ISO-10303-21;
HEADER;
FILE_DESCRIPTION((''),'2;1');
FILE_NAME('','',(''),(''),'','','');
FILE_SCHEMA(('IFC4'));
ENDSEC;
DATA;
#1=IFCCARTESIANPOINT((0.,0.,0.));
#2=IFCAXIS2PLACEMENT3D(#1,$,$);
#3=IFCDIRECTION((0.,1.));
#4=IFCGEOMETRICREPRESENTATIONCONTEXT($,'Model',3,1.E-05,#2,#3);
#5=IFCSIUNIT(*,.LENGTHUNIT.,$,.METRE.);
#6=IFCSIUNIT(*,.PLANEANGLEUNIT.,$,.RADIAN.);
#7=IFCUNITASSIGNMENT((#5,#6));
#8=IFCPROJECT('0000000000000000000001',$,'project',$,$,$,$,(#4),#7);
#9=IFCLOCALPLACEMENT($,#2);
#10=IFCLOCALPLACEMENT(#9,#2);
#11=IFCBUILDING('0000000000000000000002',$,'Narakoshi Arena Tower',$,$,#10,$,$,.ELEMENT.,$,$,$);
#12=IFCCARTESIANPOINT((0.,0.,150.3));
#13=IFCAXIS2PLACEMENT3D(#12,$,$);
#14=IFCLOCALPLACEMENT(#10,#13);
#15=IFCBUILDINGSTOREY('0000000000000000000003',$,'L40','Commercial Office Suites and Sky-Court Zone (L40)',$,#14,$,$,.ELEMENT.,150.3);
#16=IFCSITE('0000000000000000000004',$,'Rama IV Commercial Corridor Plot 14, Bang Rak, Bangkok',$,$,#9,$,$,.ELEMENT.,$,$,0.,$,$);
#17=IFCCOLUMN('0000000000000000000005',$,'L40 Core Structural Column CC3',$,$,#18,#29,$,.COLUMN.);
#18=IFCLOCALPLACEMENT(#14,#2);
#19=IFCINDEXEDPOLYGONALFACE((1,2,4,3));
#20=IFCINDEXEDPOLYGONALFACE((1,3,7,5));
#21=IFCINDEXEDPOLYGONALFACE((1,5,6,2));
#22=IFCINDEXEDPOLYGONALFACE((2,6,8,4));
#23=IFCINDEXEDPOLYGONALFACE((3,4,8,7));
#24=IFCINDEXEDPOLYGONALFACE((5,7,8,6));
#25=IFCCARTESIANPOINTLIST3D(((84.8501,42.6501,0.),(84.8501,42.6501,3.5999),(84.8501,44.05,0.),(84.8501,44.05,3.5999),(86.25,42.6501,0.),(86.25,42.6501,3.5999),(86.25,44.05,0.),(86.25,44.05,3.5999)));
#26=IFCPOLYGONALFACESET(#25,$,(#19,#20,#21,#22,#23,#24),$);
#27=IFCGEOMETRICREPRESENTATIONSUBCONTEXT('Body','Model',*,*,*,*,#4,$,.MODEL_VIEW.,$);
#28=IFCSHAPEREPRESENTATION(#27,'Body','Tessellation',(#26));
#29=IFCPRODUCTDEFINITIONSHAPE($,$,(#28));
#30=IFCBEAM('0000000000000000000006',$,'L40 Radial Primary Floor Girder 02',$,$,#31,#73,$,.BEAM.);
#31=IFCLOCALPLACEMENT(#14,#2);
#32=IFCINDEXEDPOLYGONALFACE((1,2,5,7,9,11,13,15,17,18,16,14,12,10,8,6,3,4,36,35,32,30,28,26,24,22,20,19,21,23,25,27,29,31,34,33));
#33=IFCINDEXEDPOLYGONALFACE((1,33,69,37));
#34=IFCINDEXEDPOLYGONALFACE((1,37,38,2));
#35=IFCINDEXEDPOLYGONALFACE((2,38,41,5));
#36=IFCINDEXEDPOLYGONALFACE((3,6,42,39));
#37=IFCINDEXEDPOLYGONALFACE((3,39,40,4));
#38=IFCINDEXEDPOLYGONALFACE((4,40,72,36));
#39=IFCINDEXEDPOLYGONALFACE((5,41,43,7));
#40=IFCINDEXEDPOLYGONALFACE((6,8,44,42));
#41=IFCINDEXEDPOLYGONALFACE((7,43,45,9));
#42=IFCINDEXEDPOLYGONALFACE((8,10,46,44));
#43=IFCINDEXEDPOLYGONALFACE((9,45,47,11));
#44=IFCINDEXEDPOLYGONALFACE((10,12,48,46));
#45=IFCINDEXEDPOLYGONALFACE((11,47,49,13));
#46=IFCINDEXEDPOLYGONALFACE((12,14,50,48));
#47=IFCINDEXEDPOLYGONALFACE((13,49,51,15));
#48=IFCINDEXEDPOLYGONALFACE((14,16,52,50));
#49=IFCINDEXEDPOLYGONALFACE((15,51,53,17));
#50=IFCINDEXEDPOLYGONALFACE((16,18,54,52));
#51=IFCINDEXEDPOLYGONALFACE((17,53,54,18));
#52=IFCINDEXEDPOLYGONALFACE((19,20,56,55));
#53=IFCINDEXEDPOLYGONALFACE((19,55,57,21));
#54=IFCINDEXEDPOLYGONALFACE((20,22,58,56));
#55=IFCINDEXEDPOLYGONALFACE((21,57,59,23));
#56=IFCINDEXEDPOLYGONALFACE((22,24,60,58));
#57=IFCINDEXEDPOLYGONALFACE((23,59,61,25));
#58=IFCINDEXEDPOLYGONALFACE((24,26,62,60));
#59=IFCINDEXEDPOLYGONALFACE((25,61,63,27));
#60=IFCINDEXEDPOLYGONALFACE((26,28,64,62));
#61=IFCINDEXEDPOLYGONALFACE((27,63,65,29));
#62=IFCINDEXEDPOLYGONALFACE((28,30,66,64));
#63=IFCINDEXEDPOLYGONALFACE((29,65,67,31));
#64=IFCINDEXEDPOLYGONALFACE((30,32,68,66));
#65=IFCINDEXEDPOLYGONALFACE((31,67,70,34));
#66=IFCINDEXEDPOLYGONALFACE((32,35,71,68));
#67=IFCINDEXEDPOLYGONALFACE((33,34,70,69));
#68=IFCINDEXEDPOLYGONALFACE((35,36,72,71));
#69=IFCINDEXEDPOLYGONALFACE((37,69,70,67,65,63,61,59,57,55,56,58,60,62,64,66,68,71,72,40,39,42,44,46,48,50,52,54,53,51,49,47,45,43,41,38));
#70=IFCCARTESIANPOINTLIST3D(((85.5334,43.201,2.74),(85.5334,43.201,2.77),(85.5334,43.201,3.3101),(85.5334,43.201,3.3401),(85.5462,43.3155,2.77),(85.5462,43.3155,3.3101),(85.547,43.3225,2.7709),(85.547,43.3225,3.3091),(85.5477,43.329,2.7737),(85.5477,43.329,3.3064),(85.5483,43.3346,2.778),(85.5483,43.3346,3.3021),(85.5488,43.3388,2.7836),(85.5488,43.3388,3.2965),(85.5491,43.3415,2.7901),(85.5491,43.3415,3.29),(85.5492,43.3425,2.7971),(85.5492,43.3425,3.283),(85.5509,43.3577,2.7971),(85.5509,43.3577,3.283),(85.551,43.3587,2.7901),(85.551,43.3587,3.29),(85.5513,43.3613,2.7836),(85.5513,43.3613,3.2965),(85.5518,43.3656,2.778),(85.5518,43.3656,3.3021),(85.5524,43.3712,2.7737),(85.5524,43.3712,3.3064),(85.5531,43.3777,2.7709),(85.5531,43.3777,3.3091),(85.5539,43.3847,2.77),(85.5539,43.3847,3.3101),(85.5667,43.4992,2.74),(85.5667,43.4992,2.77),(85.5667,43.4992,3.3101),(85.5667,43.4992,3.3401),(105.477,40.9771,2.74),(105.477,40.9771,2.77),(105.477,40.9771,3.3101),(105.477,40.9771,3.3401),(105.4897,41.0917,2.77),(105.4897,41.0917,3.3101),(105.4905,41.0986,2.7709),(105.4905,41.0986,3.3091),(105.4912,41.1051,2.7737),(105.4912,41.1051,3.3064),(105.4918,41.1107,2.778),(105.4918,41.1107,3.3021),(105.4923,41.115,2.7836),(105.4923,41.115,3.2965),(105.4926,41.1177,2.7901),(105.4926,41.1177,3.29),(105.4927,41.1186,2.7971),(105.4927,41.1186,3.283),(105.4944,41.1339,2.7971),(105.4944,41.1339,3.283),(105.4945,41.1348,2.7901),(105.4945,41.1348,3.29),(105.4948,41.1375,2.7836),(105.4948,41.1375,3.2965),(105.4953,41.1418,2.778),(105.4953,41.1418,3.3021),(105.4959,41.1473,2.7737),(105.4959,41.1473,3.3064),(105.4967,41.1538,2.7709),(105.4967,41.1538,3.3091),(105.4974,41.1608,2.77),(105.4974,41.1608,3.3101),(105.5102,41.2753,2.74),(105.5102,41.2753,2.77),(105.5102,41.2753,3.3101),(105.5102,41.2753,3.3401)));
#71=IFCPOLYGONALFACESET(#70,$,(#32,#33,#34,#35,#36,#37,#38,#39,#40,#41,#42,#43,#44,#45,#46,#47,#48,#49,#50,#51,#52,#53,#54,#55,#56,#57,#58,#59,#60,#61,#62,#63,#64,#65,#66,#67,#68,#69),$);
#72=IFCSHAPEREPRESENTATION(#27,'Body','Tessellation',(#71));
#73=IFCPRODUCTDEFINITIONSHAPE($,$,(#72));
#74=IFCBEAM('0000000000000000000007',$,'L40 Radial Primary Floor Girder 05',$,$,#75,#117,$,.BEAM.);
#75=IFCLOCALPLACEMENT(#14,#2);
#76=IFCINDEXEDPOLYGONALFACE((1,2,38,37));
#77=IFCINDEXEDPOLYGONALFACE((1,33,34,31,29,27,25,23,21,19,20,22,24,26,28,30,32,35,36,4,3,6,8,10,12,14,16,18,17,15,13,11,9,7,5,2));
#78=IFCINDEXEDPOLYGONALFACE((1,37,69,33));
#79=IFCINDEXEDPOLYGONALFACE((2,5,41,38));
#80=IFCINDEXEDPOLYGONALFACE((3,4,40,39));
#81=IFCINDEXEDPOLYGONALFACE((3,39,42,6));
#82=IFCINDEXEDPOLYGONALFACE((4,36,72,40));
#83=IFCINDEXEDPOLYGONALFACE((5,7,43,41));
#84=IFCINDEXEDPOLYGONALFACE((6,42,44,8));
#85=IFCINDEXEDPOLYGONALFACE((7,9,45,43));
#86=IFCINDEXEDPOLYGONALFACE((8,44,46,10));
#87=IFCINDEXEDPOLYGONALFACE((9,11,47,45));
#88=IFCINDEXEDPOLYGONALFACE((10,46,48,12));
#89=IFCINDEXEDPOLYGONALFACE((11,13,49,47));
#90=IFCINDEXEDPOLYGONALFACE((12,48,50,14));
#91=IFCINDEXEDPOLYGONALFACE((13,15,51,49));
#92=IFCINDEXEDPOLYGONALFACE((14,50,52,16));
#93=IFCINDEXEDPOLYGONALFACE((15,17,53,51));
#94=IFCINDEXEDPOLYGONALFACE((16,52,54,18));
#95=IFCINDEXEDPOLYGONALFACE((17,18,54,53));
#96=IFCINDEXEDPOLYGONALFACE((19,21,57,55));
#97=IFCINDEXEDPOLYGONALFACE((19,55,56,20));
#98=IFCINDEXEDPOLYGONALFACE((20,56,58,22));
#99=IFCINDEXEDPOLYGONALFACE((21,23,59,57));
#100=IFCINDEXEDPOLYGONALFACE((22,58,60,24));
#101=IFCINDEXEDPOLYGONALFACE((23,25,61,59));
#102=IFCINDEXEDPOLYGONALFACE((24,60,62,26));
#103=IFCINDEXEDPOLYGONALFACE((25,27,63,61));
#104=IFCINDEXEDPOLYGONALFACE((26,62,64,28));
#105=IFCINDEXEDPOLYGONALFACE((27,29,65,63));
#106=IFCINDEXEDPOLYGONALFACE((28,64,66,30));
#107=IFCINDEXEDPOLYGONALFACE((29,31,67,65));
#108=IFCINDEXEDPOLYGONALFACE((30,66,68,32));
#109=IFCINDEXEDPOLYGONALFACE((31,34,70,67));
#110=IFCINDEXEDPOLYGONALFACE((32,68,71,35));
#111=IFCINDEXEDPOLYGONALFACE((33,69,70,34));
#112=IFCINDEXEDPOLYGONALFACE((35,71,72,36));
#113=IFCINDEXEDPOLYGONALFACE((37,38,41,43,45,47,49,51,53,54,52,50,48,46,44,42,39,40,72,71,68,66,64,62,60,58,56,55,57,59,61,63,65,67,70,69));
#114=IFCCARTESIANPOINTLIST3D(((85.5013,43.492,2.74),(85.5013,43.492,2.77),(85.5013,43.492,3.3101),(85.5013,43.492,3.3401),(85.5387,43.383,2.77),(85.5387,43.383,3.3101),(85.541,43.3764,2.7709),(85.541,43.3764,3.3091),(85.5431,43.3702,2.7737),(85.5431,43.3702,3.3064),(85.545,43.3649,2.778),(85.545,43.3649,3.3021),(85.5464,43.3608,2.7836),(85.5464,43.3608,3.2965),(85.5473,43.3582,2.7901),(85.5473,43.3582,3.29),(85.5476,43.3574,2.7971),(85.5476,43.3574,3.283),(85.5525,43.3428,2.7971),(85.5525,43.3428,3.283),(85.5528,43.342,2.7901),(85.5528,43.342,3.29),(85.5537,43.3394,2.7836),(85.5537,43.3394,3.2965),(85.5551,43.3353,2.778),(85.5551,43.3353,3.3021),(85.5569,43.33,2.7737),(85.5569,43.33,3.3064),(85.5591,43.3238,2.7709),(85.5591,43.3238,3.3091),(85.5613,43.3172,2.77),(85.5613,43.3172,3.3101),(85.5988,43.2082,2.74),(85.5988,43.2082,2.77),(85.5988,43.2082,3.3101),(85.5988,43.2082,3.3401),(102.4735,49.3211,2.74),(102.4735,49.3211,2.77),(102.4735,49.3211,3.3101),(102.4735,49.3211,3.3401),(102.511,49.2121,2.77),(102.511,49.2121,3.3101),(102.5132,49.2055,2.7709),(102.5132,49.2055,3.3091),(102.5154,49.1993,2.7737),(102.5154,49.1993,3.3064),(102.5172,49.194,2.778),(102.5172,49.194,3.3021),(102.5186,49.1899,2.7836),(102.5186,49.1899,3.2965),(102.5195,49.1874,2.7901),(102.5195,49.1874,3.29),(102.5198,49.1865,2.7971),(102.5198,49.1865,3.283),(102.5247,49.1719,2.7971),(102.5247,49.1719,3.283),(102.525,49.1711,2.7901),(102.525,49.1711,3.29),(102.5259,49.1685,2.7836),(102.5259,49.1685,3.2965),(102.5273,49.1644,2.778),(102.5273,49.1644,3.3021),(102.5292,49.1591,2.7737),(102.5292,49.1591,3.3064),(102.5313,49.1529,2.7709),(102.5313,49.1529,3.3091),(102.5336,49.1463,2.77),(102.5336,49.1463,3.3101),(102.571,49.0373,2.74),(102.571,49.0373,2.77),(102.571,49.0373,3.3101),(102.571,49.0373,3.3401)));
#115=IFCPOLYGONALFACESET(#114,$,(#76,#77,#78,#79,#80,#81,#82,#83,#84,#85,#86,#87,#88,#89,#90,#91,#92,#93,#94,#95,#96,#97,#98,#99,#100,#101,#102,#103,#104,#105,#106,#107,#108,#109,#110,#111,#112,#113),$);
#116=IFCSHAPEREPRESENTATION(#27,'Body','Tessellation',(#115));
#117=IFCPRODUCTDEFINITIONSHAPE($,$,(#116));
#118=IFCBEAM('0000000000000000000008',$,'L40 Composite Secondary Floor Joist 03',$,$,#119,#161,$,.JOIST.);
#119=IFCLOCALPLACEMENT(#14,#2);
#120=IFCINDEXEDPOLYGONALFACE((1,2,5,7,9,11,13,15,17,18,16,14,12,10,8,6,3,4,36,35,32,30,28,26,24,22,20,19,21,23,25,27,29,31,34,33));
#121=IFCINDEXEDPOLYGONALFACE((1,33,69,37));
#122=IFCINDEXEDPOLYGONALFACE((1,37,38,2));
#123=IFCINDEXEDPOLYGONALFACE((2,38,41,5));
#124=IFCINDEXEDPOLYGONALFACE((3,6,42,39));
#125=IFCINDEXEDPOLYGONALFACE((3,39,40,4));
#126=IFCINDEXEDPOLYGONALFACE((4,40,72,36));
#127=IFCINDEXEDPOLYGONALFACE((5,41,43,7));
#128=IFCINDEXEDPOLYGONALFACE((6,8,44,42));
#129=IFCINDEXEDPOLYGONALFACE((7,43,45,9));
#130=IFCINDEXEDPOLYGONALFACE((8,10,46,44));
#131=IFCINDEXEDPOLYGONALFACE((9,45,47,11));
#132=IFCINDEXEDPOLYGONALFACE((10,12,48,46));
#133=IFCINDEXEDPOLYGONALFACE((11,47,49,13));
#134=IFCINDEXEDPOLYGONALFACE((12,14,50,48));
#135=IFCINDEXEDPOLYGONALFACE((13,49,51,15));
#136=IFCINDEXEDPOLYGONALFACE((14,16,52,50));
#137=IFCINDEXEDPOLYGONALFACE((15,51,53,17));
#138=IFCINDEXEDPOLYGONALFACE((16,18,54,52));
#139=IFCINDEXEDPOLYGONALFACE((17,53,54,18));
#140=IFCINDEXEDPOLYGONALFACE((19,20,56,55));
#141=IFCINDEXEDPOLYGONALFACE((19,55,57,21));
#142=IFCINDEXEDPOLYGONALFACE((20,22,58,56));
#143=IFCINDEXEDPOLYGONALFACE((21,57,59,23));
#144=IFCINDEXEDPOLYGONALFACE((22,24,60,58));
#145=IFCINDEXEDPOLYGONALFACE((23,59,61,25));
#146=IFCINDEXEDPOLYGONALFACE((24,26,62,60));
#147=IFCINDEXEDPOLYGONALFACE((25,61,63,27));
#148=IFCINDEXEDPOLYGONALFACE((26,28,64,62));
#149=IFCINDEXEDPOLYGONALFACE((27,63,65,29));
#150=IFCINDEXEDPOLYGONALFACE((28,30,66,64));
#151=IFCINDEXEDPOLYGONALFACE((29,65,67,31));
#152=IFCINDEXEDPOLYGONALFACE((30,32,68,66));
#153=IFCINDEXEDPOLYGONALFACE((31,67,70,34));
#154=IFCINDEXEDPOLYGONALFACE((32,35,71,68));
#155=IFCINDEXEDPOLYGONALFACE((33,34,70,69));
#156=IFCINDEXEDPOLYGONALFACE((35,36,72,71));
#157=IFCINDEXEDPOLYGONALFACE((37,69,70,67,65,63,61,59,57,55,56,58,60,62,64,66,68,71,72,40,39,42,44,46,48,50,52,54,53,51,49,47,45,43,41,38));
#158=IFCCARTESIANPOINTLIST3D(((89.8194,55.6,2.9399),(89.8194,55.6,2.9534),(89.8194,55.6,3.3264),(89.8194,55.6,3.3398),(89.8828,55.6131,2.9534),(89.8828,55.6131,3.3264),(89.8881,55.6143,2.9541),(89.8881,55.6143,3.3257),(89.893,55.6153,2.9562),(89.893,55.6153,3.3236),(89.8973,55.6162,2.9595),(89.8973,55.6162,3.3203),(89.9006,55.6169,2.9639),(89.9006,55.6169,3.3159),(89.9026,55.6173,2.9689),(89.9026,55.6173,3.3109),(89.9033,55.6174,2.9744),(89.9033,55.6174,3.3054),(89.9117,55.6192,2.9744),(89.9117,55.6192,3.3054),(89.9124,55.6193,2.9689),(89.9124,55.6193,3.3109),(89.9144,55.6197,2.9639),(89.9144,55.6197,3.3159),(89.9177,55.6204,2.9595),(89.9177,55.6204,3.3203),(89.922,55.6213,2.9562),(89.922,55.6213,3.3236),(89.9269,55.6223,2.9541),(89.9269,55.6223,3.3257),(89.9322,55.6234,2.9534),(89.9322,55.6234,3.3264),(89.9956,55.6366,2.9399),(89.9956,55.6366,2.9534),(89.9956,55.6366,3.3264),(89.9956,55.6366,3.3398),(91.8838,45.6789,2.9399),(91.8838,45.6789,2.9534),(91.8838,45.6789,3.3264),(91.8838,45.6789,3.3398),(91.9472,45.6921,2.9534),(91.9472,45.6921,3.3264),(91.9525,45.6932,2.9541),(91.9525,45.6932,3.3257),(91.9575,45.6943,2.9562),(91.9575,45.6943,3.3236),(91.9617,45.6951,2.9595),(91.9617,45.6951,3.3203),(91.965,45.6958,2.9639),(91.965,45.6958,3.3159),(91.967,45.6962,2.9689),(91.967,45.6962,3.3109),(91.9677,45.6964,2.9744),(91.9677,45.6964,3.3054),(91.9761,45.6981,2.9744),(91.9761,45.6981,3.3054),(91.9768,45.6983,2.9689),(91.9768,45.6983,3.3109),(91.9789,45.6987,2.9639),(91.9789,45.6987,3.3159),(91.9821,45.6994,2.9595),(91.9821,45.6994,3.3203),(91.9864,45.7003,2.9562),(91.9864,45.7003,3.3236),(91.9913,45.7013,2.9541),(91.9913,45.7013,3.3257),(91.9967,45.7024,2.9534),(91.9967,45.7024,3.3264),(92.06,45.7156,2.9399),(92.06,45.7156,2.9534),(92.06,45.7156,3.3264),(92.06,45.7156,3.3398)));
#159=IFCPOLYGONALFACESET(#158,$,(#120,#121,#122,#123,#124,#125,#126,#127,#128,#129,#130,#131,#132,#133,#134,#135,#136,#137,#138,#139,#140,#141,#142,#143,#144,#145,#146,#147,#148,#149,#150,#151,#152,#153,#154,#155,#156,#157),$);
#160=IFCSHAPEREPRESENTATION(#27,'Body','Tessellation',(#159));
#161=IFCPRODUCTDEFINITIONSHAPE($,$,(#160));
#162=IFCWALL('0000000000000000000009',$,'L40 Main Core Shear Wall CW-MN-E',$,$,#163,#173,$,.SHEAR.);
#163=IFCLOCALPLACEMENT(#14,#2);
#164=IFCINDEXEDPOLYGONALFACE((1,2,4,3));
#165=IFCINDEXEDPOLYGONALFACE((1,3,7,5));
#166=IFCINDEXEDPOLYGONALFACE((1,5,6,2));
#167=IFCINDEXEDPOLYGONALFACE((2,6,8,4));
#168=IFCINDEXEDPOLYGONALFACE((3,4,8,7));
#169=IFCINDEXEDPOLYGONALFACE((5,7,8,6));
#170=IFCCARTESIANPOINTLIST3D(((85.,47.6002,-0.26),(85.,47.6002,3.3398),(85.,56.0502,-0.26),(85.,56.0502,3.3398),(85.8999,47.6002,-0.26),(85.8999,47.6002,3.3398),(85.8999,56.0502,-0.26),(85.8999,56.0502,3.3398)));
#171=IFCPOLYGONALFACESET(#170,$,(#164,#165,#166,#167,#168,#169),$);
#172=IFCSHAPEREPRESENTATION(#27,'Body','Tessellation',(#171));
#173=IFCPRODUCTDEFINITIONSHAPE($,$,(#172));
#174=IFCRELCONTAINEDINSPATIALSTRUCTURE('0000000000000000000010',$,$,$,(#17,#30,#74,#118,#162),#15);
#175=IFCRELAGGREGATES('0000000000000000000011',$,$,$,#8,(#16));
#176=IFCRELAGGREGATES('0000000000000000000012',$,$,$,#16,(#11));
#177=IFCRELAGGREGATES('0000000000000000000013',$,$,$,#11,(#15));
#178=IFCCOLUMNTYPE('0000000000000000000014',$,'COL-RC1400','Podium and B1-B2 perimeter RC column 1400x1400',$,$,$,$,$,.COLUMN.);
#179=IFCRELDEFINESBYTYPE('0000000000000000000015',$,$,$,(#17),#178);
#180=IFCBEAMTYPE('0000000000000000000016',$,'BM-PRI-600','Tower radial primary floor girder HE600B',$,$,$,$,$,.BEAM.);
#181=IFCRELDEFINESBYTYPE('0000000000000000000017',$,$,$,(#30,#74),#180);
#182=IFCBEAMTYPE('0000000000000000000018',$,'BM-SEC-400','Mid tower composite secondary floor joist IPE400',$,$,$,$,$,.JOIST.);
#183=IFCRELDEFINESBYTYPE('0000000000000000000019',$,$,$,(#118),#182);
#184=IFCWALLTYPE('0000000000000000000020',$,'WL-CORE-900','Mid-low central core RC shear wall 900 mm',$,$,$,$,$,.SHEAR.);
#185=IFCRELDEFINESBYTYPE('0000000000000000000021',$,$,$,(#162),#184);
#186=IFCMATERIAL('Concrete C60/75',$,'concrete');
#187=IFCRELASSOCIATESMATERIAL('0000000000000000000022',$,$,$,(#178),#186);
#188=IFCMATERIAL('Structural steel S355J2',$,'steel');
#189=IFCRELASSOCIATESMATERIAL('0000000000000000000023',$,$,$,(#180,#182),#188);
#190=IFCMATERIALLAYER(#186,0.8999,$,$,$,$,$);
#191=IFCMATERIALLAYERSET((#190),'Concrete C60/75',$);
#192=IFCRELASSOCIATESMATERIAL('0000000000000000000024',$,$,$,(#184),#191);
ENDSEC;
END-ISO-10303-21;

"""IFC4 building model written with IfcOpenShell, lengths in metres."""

from ifc_helpers import new_model, si_unit, direction, frame, frame_2d, origin, origin_2d, place, context, subcontext, project, spatial, rectangle, i_section, extrude, material, layer, layer_set, material_profile, profile_set, type_object, element, save


model = new_model("IFC4")

# Units and contexts
model_context = context("Model", 3, precision=1e-05, world=origin(), true_north=direction((0.0, 1.0)))
body_context = subcontext(model_context, "Body", "Model", "MODEL_VIEW")
ifc_project = project(units=[si_unit("LENGTHUNIT", "METRE"), si_unit("PLANEANGLEUNIT", "RADIAN")], contexts=[model_context])

# Site, building, storey
site_placement = place(None, origin())
site = spatial("IfcSite", under=ifc_project, at=site_placement, Name="Rama IV Commercial Corridor Plot 14, Bang Rak, Bangkok", CompositionType="ELEMENT", RefElevation=0.0)
building_placement = place(site_placement, origin())
building = spatial("IfcBuilding", under=site, at=building_placement, Name="Narakoshi Arena Tower", CompositionType="ELEMENT")
storey_placement = place(building_placement, frame((0.0, 0.0, 150.3)))
storey = spatial("IfcBuildingStorey", under=building, at=storey_placement, Name="L40", Description="Commercial Office Suites and Sky-Court Zone (L40)", CompositionType="ELEMENT", Elevation=150.3)

# Column
ifc_material_1 = material(Name="Concrete C60/75", Category="concrete")
ifc_material_profile_1 = material_profile(ifc_material_1, rectangle(XDim=1.3999, YDim=1.3999, at=origin_2d()), Name="RC1400x1400")
ifc_profile_set_1 = profile_set([ifc_material_profile_1], Name="Concrete C60/75")
column_type = type_object("IfcColumnType", Name="COL-RC1400", Description="Podium and B1-B2 perimeter RC column 1400x1400", PredefinedType="COLUMN", material=ifc_profile_set_1)
column_placement = place(storey_placement, frame((85.55, 43.3501, 0.0), z_axis=(0.0, 0.0, 1.0), x_axis=(1.0, 0.0, 0.0)))
element("IfcColumn", 1, at=column_placement, inside=storey, type_object=column_type, Name="L40 Core Structural Column CC3", PredefinedType="COLUMN", context=body_context, shape_type="SweptSolid", body=[
    extrude(rectangle(XDim=1.3999, YDim=1.3999, at=origin_2d()), origin(), (0.0, 0.0, 1.0), 3.5999),
])

# Beams
ifc_material_2 = material(Name="Structural steel S355J2", Category="steel")
ifc_material_profile_2 = material_profile(ifc_material_2, i_section(OverallWidth=0.3, OverallDepth=0.6001, WebThickness=0.0154, FlangeThickness=0.03, FilletRadius=0.0271, at=origin_2d()), Name="HE600B")
ifc_profile_set_2 = profile_set([ifc_material_profile_2], Name="Structural steel S355J2")
beam_type_1 = type_object("IfcBeamType", Name="BM-PRI-600", Description="Tower radial primary floor girder HE600B", PredefinedType="BEAM", material=ifc_profile_set_2)
beam_1_placement = place(storey_placement, frame((85.55, 43.3501, 3.04), z_axis=(0.99384, -0.110821, 0.0), x_axis=(0.110821, 0.99384, 0.0)))
element("IfcBeam", 2, at=beam_1_placement, inside=storey, type_object=beam_type_1, Name="L40 Radial Primary Floor Girder 02", PredefinedType="BEAM", context=body_context, shape_type="SweptSolid", body=[
    extrude(i_section(OverallWidth=0.3, OverallDepth=0.6001, WebThickness=0.0154, FlangeThickness=0.03, FilletRadius=0.0271, at=origin_2d()), origin(), (0.0, 0.0, 1.0), 20.0671),
])
beam_2_placement = place(storey_placement, frame((85.55, 43.3501, 3.04), z_axis=(0.945774, 0.324827, 0.0), x_axis=(-0.324827, 0.945774, 0.0)))
element("IfcBeam", 3, at=beam_2_placement, inside=storey, type_object=beam_type_1, Name="L40 Radial Primary Floor Girder 05", PredefinedType="BEAM", context=body_context, shape_type="SweptSolid", body=[
    extrude(i_section(OverallWidth=0.3, OverallDepth=0.6001, WebThickness=0.0154, FlangeThickness=0.03, FilletRadius=0.0271, at=origin_2d()), origin(), (0.0, 0.0, 1.0), 17.9453),
])
ifc_material_profile_3 = material_profile(ifc_material_2, i_section(OverallWidth=0.1799, OverallDepth=0.3999, WebThickness=0.0085, FlangeThickness=0.0134, FilletRadius=0.021, at=origin_2d()), Name="IPE400")
ifc_profile_set_3 = profile_set([ifc_material_profile_3], Name="Structural steel S355J2")
beam_type_2 = type_object("IfcBeamType", Name="BM-SEC-400", Description="Mid tower composite secondary floor joist IPE400", PredefinedType="JOIST", material=ifc_profile_set_3)
beam_3_placement = place(storey_placement, frame((91.9719, 45.6973, 3.1399), z_axis=(-0.203722, 0.979029, 0.0), x_axis=(-0.979029, -0.203722, 0.0)))
element("IfcBeam", 4, at=beam_3_placement, inside=storey, type_object=beam_type_2, Name="L40 Composite Secondary Floor Joist 03", PredefinedType="JOIST", context=body_context, shape_type="SweptSolid", body=[
    extrude(i_section(OverallWidth=0.1799, OverallDepth=0.3999, WebThickness=0.0085, FlangeThickness=0.0134, FilletRadius=0.021, at=origin_2d()), origin(), (0.0, 0.0, 1.0), 10.1335),
])

# Wall
ifc_layer_1 = layer(ifc_material_1, 0.8999)
ifc_layer_set_1 = layer_set([ifc_layer_1], Name="Concrete C60/75")
wall_type_1 = type_object("IfcWallType", Name="WL-CORE-900", Description="Mid-low central core RC shear wall 900 mm", PredefinedType="SHEAR", material=ifc_layer_set_1)
wall_1_placement = place(storey_placement, frame((85.45, 47.6001, -0.26), z_axis=(0.0, 0.0, 1.0), x_axis=(0.0, 1.0, 0.0)))
element("IfcWall", 5, at=wall_1_placement, inside=storey, type_object=wall_type_1, Name="L40 Main Core Shear Wall CW-MN-E", PredefinedType="SHEAR", context=body_context, shape_type="SweptSolid", body=[
    extrude(rectangle(XDim=8.45, YDim=0.8999, at=frame_2d((4.2251, 0.0))), origin(), (0.0, 0.0, 1.0), 3.5999),
])

save(model, "model.ifc")
